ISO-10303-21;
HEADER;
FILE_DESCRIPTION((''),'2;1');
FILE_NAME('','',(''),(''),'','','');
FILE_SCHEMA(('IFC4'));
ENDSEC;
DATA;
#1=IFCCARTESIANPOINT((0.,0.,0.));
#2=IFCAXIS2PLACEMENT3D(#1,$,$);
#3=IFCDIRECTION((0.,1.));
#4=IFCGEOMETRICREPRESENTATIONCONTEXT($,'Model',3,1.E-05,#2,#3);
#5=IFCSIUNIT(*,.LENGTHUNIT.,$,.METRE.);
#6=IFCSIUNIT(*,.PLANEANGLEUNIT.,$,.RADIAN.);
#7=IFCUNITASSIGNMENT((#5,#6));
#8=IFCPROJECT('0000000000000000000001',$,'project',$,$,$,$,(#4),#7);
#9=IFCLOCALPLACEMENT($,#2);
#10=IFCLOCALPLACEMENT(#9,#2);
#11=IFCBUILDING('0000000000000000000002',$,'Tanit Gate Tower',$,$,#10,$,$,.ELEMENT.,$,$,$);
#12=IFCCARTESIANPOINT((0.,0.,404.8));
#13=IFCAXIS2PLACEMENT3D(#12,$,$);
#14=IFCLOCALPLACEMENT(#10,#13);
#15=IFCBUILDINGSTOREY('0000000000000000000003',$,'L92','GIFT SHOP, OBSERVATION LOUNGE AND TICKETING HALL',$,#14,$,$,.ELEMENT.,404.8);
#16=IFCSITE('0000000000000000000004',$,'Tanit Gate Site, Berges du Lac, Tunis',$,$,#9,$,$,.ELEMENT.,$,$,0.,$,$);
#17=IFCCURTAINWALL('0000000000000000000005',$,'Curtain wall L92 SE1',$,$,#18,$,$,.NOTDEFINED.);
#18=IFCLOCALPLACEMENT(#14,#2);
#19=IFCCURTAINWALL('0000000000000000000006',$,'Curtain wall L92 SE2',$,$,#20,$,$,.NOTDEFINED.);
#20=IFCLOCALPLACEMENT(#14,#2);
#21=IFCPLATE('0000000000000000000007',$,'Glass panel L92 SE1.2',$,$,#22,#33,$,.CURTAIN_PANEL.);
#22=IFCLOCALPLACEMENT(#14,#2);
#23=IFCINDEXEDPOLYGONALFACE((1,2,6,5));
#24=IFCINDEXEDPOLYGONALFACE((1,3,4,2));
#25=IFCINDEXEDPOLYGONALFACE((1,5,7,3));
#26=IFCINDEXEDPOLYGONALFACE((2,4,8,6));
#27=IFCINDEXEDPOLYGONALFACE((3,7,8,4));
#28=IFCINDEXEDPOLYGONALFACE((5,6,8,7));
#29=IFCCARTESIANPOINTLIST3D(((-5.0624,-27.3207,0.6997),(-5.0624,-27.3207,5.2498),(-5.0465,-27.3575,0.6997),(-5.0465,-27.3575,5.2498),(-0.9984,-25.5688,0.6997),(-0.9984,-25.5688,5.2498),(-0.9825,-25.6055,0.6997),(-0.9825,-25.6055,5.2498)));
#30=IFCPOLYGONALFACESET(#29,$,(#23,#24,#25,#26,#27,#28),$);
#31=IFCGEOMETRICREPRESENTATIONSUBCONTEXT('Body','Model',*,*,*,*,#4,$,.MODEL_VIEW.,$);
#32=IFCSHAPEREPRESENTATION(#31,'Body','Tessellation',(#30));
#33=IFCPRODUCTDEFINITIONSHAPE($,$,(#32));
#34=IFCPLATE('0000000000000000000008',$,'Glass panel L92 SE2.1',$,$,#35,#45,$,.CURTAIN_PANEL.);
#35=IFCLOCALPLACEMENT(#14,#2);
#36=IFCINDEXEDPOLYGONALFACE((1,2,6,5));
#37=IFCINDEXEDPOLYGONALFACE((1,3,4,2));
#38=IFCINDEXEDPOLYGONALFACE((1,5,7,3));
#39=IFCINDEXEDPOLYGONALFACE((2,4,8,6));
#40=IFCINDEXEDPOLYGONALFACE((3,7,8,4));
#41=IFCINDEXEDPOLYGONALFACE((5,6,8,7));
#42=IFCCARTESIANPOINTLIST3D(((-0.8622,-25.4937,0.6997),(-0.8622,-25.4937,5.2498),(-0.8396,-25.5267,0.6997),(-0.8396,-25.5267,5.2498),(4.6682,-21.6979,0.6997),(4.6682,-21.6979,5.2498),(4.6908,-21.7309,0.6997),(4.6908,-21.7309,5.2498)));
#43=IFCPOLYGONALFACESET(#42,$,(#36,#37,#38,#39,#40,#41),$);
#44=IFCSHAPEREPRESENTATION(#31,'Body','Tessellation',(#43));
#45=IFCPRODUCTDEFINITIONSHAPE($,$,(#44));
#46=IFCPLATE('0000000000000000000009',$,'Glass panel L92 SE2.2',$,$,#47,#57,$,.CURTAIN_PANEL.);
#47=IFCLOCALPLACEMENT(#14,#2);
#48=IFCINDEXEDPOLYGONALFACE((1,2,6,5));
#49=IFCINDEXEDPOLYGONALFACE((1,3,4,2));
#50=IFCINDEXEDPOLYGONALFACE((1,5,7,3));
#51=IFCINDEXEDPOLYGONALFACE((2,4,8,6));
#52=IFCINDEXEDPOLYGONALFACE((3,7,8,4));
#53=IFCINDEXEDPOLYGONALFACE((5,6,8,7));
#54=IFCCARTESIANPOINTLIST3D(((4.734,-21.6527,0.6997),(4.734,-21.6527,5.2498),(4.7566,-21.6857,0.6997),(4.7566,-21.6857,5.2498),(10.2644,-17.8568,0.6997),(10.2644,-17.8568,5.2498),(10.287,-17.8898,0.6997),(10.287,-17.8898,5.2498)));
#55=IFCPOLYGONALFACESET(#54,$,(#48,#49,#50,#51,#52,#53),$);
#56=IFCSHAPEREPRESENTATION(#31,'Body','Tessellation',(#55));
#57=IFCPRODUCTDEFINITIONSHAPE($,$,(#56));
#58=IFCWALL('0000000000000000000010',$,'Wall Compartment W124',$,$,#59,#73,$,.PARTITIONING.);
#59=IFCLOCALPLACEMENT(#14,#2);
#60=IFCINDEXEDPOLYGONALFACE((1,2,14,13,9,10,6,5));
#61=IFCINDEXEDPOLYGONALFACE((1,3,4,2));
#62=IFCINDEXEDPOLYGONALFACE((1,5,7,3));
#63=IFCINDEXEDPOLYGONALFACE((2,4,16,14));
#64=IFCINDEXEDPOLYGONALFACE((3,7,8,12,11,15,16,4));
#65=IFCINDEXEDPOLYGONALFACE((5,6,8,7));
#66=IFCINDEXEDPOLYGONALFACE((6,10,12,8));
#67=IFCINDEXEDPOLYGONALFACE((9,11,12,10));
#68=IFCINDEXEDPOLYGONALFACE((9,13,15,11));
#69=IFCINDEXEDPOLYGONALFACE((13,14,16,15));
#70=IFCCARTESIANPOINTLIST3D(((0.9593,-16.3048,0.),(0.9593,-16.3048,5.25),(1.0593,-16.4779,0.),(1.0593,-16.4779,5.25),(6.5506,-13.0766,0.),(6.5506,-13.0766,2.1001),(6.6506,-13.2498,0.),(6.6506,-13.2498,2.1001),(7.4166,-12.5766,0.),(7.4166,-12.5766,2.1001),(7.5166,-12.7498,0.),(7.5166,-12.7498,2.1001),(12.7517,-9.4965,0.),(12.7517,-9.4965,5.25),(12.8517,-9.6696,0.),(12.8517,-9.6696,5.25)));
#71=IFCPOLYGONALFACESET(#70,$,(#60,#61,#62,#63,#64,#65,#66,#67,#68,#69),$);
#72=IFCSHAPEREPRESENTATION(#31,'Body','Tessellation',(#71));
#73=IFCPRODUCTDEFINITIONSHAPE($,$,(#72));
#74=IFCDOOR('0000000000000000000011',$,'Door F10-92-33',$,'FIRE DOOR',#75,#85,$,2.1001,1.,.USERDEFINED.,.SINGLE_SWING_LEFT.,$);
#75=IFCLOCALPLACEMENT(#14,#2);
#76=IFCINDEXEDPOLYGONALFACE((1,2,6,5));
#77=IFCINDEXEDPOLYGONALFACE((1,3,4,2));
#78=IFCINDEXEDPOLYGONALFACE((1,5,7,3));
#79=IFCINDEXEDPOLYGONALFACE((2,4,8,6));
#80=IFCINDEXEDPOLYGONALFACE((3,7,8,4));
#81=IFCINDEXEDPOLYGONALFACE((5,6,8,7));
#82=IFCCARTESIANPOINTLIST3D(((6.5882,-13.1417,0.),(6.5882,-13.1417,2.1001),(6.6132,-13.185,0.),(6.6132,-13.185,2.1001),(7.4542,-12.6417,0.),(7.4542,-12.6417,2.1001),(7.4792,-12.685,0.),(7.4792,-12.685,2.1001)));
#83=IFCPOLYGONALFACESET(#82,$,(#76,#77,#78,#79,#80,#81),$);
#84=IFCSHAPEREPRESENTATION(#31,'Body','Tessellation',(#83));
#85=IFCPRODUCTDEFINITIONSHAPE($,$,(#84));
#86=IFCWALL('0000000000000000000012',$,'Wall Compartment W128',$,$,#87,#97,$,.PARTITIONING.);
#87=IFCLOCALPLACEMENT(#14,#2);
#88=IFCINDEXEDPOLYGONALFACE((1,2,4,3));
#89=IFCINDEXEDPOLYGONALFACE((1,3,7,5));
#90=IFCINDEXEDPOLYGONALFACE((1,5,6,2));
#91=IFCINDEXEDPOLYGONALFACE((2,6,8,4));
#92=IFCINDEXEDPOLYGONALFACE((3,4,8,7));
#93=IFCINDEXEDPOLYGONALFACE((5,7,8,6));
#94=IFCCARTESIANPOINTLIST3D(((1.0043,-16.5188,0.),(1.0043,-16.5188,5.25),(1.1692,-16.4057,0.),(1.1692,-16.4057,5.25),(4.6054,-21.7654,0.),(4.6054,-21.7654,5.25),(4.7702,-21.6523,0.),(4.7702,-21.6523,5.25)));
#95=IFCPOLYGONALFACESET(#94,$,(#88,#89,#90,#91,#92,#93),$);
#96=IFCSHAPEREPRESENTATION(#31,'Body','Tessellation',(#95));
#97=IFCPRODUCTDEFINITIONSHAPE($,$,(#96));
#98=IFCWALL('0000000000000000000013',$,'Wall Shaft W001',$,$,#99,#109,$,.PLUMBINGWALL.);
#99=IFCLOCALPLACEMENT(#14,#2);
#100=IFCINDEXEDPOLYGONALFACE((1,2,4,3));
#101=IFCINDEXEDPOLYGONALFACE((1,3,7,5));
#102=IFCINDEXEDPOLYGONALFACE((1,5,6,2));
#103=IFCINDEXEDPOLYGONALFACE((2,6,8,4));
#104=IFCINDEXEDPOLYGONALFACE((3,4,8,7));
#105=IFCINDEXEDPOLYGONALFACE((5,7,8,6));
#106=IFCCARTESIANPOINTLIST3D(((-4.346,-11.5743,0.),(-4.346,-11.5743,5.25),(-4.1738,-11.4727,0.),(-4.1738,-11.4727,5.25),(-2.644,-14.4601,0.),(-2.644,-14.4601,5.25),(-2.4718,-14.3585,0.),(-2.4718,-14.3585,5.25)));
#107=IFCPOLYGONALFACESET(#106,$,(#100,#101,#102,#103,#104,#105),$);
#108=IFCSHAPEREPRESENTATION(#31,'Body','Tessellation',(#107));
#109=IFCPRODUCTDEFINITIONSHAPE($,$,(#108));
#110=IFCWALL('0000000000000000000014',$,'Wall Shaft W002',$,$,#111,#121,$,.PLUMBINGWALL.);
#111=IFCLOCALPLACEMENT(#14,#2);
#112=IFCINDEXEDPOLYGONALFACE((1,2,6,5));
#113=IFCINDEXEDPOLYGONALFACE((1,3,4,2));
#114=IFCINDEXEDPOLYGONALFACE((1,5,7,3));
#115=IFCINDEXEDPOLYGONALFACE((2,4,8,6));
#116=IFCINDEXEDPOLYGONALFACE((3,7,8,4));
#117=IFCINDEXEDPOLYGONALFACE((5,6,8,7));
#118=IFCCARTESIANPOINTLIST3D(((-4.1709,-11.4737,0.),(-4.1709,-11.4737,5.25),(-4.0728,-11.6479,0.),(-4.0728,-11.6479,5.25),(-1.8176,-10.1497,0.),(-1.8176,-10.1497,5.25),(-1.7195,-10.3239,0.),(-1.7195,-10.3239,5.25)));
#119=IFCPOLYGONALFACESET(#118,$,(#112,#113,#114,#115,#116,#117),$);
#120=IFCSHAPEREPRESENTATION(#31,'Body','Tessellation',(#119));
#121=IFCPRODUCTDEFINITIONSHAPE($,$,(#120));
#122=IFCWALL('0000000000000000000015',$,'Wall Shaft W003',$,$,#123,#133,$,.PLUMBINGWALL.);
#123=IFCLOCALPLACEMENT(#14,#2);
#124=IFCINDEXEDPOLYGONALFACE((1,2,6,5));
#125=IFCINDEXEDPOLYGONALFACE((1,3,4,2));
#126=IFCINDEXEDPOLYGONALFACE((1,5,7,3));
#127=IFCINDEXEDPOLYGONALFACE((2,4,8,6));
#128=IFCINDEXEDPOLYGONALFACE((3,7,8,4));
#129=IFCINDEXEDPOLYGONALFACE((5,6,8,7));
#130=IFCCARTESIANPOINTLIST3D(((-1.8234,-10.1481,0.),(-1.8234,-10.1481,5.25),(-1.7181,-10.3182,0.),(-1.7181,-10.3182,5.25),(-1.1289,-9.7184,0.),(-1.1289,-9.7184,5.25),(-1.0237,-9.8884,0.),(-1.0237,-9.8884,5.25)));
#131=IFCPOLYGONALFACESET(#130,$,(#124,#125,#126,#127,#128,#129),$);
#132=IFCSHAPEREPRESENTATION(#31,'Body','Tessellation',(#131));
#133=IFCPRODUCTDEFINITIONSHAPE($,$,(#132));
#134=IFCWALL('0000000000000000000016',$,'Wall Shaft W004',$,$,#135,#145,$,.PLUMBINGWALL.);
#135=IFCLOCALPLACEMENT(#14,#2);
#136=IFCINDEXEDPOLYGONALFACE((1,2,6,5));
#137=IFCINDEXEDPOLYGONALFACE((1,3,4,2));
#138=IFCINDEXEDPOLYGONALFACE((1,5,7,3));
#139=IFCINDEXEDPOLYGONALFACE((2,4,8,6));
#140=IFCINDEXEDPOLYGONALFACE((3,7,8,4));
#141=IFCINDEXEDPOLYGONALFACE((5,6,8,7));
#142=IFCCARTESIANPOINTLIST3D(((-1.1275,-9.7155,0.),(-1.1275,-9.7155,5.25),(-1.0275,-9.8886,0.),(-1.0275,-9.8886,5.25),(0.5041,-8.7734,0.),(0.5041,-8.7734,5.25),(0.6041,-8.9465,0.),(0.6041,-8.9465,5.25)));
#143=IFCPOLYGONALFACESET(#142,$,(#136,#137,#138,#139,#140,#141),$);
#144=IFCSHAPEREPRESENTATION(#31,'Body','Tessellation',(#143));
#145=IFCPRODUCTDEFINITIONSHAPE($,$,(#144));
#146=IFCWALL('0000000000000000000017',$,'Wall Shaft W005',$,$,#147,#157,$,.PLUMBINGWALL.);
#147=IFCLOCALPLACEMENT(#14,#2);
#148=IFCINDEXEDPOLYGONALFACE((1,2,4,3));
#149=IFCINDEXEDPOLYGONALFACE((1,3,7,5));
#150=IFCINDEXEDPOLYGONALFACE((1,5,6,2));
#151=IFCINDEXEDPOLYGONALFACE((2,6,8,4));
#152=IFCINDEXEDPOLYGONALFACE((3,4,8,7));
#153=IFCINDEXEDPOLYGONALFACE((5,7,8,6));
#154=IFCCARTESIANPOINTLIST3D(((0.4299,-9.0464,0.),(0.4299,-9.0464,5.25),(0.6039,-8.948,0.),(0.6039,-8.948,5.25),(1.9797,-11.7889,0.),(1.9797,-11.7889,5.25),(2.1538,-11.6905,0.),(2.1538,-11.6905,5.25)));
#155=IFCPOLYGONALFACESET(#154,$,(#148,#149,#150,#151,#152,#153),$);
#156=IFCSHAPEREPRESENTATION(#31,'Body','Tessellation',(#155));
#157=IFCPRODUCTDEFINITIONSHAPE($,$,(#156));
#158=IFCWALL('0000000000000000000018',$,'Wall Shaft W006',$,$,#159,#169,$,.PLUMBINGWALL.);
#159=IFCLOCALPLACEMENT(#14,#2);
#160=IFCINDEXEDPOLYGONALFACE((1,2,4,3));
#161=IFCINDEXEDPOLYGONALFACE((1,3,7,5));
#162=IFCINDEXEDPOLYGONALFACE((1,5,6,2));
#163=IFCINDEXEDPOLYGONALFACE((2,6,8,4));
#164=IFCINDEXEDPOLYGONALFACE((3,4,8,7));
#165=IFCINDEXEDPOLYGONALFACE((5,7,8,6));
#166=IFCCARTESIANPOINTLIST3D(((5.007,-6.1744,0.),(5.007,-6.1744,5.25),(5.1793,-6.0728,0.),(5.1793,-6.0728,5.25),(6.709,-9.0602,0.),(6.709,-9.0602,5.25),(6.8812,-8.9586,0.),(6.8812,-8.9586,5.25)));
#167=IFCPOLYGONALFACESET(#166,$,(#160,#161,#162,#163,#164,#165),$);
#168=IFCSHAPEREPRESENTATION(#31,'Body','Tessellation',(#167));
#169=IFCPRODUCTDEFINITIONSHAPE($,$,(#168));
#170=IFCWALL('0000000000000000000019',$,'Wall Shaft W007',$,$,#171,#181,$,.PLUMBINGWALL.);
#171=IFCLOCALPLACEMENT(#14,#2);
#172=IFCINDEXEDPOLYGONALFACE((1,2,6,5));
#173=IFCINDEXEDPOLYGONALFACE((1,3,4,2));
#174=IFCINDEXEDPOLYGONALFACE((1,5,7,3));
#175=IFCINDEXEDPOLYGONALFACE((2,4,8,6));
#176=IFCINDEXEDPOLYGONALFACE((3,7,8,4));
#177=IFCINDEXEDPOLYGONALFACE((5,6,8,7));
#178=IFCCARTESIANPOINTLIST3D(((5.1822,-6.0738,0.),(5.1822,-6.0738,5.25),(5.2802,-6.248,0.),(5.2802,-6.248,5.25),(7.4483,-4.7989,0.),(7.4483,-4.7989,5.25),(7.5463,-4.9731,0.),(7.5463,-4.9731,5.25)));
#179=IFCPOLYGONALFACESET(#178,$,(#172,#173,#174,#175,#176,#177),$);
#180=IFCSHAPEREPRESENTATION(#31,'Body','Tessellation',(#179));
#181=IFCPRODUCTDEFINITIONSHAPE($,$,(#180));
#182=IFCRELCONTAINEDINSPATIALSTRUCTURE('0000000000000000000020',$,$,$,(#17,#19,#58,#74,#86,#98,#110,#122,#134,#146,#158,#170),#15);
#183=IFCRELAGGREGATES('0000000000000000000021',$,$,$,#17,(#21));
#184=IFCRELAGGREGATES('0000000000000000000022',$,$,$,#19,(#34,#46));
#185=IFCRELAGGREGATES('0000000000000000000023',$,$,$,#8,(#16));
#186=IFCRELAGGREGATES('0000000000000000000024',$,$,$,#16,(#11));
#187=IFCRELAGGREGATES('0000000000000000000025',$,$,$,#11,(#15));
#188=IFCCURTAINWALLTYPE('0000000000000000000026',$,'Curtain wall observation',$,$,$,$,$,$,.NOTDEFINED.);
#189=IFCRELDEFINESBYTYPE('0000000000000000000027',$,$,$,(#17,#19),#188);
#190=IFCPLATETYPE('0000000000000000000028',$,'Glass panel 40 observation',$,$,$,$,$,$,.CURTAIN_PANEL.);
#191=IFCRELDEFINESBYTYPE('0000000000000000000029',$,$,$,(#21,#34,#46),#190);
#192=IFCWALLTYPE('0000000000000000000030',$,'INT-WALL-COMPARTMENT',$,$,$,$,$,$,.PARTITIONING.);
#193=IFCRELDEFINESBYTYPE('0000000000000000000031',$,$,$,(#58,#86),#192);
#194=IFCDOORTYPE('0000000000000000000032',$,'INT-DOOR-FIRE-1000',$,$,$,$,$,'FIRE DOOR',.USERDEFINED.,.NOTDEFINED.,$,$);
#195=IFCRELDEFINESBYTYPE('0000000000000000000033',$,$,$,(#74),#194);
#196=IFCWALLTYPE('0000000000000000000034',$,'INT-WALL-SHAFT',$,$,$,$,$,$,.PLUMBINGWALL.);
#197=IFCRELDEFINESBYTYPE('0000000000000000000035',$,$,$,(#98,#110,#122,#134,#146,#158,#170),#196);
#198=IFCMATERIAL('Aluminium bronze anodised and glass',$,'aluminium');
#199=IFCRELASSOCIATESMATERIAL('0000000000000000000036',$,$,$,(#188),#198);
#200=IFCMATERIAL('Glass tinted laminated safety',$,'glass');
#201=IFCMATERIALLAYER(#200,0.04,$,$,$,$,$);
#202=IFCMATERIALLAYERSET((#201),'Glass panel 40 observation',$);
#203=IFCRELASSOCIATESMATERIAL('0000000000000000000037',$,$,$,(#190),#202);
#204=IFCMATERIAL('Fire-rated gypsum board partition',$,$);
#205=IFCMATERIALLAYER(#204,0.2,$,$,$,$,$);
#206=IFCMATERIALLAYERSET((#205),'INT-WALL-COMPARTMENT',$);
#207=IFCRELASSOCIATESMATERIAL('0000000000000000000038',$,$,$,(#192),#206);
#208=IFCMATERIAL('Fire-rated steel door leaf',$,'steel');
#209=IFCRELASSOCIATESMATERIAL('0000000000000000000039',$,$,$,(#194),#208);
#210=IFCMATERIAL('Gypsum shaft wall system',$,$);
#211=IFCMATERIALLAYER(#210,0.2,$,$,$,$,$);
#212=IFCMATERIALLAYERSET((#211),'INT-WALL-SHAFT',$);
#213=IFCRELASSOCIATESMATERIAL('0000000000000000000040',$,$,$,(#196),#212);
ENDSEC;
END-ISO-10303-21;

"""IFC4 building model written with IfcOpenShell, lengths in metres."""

from ifc_helpers import new_model, si_unit, direction, frame, frame_2d, origin, origin_2d, place, context, subcontext, project, spatial, rectangle, extrude, material, layer, layer_set, type_object, element, fill, aggregate, save


model = new_model("IFC4")

# Units and contexts
model_context = context("Model", 3, precision=1e-05, world=origin(), true_north=direction((0.0, 1.0)))
body_context = subcontext(model_context, "Body", "Model", "MODEL_VIEW")
ifc_project = project(units=[si_unit("LENGTHUNIT", "METRE"), si_unit("PLANEANGLEUNIT", "RADIAN")], contexts=[model_context])

# Site, building, storey
site_placement = place(None, origin())
site = spatial("IfcSite", under=ifc_project, at=site_placement, Name="Tanit Gate Site, Berges du Lac, Tunis", CompositionType="ELEMENT", RefElevation=0.0)
building_placement = place(site_placement, origin())
building = spatial("IfcBuilding", under=site, at=building_placement, Name="Tanit Gate Tower", CompositionType="ELEMENT")
storey_placement = place(building_placement, frame((0.0, 0.0, 404.8)))
storey = spatial("IfcBuildingStorey", under=building, at=storey_placement, Name="L92", Description="GIFT SHOP, OBSERVATION LOUNGE AND TICKETING HALL", CompositionType="ELEMENT", Elevation=404.8)

# Curtain wall
ifc_material_1 = material(Name="Aluminium bronze anodised and glass", Category="aluminium")
curtain_wall_type = type_object("IfcCurtainWallType", Name="Curtain wall observation", PredefinedType="NOTDEFINED", material=ifc_material_1)
curtain_wall_1_placement = place(storey_placement, origin())
curtain_wall_1 = element("IfcCurtainWall", 1, at=curtain_wall_1_placement, inside=storey, type_object=curtain_wall_type, Name="Curtain wall L92 SE1", PredefinedType="NOTDEFINED")

# Curtain wall
curtain_wall_2_placement = place(storey_placement, origin())
curtain_wall_2 = element("IfcCurtainWall", 2, at=curtain_wall_2_placement, inside=storey, type_object=curtain_wall_type, Name="Curtain wall L92 SE2", PredefinedType="NOTDEFINED")

# Plates
ifc_material_2 = material(Name="Glass tinted laminated safety", Category="glass")
ifc_layer_1 = layer(ifc_material_2, 0.04)
ifc_layer_set_1 = layer_set([ifc_layer_1], Name="Glass panel 40 observation")
plate_type = type_object("IfcPlateType", Name="Glass panel 40 observation", PredefinedType="CURTAIN_PANEL", material=ifc_layer_set_1)
plate_1_placement = place(storey_placement, frame((-3.0225, -26.4631, 0.6997), z_axis=(0.0, 0.0, 1.0), x_axis=(0.918306, 0.395871, 0.0)))
plate_1 = element("IfcPlate", 3, at=plate_1_placement, type_object=plate_type, Name="Glass panel L92 SE1.2", PredefinedType="CURTAIN_PANEL", context=body_context, shape_type="SweptSolid", body=[
    extrude(rectangle(XDim=4.4255, YDim=0.04, at=origin_2d()), origin(), (0.0, 0.0, 1.0), 4.55),
])
aggregate(curtain_wall_1, [plate_1])
plate_2_placement = place(storey_placement, frame((1.9143, -23.6123, 0.6997), z_axis=(0.0, 0.0, 1.0), x_axis=(0.824479, 0.565893, 0.0)))
plate_2 = element("IfcPlate", 4, at=plate_2_placement, type_object=plate_type, Name="Glass panel L92 SE2.1", PredefinedType="CURTAIN_PANEL", context=body_context, shape_type="SweptSolid", body=[
    extrude(rectangle(XDim=6.7078, YDim=0.04, at=origin_2d()), origin(), (0.0, 0.0, 1.0), 4.55),
])
plate_3_placement = place(storey_placement, frame((7.5105, -19.7712, 0.6997), z_axis=(0.0, 0.0, 1.0), x_axis=(0.824479, 0.565893, 0.0)))
plate_3 = element("IfcPlate", 5, at=plate_3_placement, type_object=plate_type, Name="Glass panel L92 SE2.2", PredefinedType="CURTAIN_PANEL", context=body_context, shape_type="SweptSolid", body=[
    extrude(rectangle(XDim=6.7078, YDim=0.04, at=origin_2d()), origin(), (0.0, 0.0, 1.0), 4.55),
])
aggregate(curtain_wall_2, [plate_2, plate_3])

# Wall, opening, door
ifc_material_3 = material(Name="Fire-rated gypsum board partition")
ifc_layer_2 = layer(ifc_material_3, 0.2)
ifc_layer_set_2 = layer_set([ifc_layer_2], Name="INT-WALL-COMPARTMENT")
wall_type_1 = type_object("IfcWallType", Name="INT-WALL-COMPARTMENT", PredefinedType="PARTITIONING", material=ifc_layer_set_2)
wall_1_placement = place(storey_placement, frame((1.0093, -16.3914, 0.0), z_axis=(0.0, 0.0, 1.0), x_axis=(0.866027, 0.499998, 0.0)))
wall_1 = element("IfcWall", 6, at=wall_1_placement, inside=storey, type_object=wall_type_1, Name="Wall Compartment W124", PredefinedType="PARTITIONING", context=body_context, shape_type="SweptSolid", body=[
    extrude(rectangle(XDim=13.6167, YDim=0.2, at=frame_2d((6.8083, 0.0))), origin(), (0.0, 0.0, 1.0), 5.25),
])
opening_placement = place(wall_1_placement, frame((6.4563, 0.0, 0.0)))
opening = element("IfcOpeningElement", 7, at=opening_placement, cuts=wall_1, PredefinedType="OPENING", context=body_context, shape_type="SweptSolid", body=[
    extrude(rectangle(XDim=1.0, YDim=2.1001, at=frame_2d((0.5, 1.05))), frame((0.0, 0.1099, 0.0), z_axis=(0.0, -1.0, 0.0), x_axis=(1.0, 0.0, 0.0)), (0.0, 0.0, 1.0), 0.22),
])
ifc_material_4 = material(Name="Fire-rated steel door leaf", Category="steel")
door_type = type_object("IfcDoorType", Name="INT-DOOR-FIRE-1000", ElementType="FIRE DOOR", OperationType="NOTDEFINED", PredefinedType="USERDEFINED", material=ifc_material_4)
door_placement = place(opening_placement, origin())
door = element("IfcDoor", 8, at=door_placement, inside=storey, type_object=door_type, Name="Door F10-92-33", ObjectType="FIRE DOOR", OperationType="SINGLE_SWING_LEFT", OverallHeight=2.1001, OverallWidth=1.0, PredefinedType="USERDEFINED", context=body_context, shape_type="SweptSolid", body=[
    extrude(rectangle(XDim=1.0, YDim=2.1001, at=frame_2d((0.5, 1.05))), frame((0.0, 0.0249, 0.0), z_axis=(0.0, -1.0, 0.0), x_axis=(1.0, 0.0, 0.0)), (0.0, 0.0, 1.0), 0.05),
])
fill(opening, door)

# Walls
wall_2_placement = place(storey_placement, frame((4.6877, -21.7087, 0.0), z_axis=(0.0, 0.0, 1.0), x_axis=(-0.565894, 0.824478, 0.0)))
element("IfcWall", 9, at=wall_2_placement, inside=storey, type_object=wall_type_1, Name="Wall Compartment W128", PredefinedType="PARTITIONING", context=body_context, shape_type="SweptSolid", body=[
    extrude(rectangle(XDim=6.3635, YDim=0.2, at=frame_2d((3.1816, 0.0))), origin(), (0.0, 0.0, 1.0), 5.25),
])
ifc_material_5 = material(Name="Gypsum shaft wall system")
ifc_layer_3 = layer(ifc_material_5, 0.2)
ifc_layer_set_3 = layer_set([ifc_layer_3], Name="INT-WALL-SHAFT")
wall_type_2 = type_object("IfcWallType", Name="INT-WALL-SHAFT", PredefinedType="PLUMBINGWALL", material=ifc_layer_set_3)
wall_3_placement = place(storey_placement, frame((-2.5579, -14.4094, 0.0), z_axis=(0.0, 0.0, 1.0), x_axis=(-0.507997, 0.861359, 0.0)))
element("IfcWall", 10, at=wall_3_placement, inside=storey, type_object=wall_type_2, Name="Wall Shaft W001", PredefinedType="PLUMBINGWALL", context=body_context, shape_type="SweptSolid", body=[
    extrude(rectangle(XDim=3.3503, YDim=0.2, at=frame_2d((1.6753, 0.0))), origin(), (0.0, 0.0, 1.0), 5.25),
])
wall_4_placement = place(storey_placement, frame((-1.7686, -10.2368, 0.0), z_axis=(0.0, 0.0, 1.0), x_axis=(-0.871534, -0.490334, 0.0)))
element("IfcWall", 11, at=wall_4_placement, inside=storey, type_object=wall_type_2, Name="Wall Shaft W002", PredefinedType="PLUMBINGWALL", context=body_context, shape_type="SweptSolid", body=[
    extrude(rectangle(XDim=2.7002, YDim=0.2, at=frame_2d((1.3501, 0.0))), origin(), (0.0, 0.0, 1.0), 5.25),
])
wall_5_placement = place(storey_placement, frame((-1.0764, -9.8035, 0.0), z_axis=(0.0, 0.0, 1.0), x_axis=(-0.850342, -0.526231, 0.0)))
element("IfcWall", 12, at=wall_5_placement, inside=storey, type_object=wall_type_2, Name="Wall Shaft W003", PredefinedType="PLUMBINGWALL", context=body_context, shape_type="SweptSolid", body=[
    extrude(rectangle(XDim=0.8167, YDim=0.2, at=frame_2d((0.4082, 0.0))), origin(), (0.0, 0.0, 1.0), 5.25),
])
wall_6_placement = place(storey_placement, frame((-1.0774, -9.802, 0.0), z_axis=(0.0, 0.0, 1.0), x_axis=(0.865994, 0.500055, 0.0)))
element("IfcWall", 13, at=wall_6_placement, inside=storey, type_object=wall_type_2, Name="Wall Shaft W004", PredefinedType="PLUMBINGWALL", context=body_context, shape_type="SweptSolid", body=[
    extrude(rectangle(XDim=1.884, YDim=0.2, at=frame_2d((0.9419, 0.0))), origin(), (0.0, 0.0, 1.0), 5.25),
])
wall_7_placement = place(storey_placement, frame((0.5168, -8.9971, 0.0), z_axis=(0.0, 0.0, 1.0), x_axis=(0.491993, -0.870599, 0.0)))
element("IfcWall", 14, at=wall_7_placement, inside=storey, type_object=wall_type_2, Name="Wall Shaft W005", PredefinedType="PLUMBINGWALL", context=body_context, shape_type="SweptSolid", body=[
    extrude(rectangle(XDim=3.1501, YDim=0.2, at=frame_2d((1.5752, 0.0))), origin(), (0.0, 0.0, 1.0), 5.25),
])
wall_8_placement = place(storey_placement, frame((6.7952, -9.0095, 0.0), z_axis=(0.0, 0.0, 1.0), x_axis=(-0.507997, 0.861359, 0.0)))
element("IfcWall", 15, at=wall_8_placement, inside=storey, type_object=wall_type_2, Name="Wall Shaft W006", PredefinedType="PLUMBINGWALL", context=body_context, shape_type="SweptSolid", body=[
    extrude(rectangle(XDim=3.3503, YDim=0.2, at=frame_2d((1.6753, 0.0))), origin(), (0.0, 0.0, 1.0), 5.25),
])
wall_9_placement = place(storey_placement, frame((5.2312, -6.1609, 0.0), z_axis=(0.0, 0.0, 1.0), x_axis=(0.87154, 0.490324, 0.0)))
element("IfcWall", 16, at=wall_9_placement, inside=storey, type_object=wall_type_2, Name="Wall Shaft W007", PredefinedType="PLUMBINGWALL", context=body_context, shape_type="SweptSolid", body=[
    extrude(rectangle(XDim=2.6001, YDim=0.2, at=frame_2d((1.3, 0.0))), origin(), (0.0, 0.0, 1.0), 5.25),
])

save(model, "model.ifc")
